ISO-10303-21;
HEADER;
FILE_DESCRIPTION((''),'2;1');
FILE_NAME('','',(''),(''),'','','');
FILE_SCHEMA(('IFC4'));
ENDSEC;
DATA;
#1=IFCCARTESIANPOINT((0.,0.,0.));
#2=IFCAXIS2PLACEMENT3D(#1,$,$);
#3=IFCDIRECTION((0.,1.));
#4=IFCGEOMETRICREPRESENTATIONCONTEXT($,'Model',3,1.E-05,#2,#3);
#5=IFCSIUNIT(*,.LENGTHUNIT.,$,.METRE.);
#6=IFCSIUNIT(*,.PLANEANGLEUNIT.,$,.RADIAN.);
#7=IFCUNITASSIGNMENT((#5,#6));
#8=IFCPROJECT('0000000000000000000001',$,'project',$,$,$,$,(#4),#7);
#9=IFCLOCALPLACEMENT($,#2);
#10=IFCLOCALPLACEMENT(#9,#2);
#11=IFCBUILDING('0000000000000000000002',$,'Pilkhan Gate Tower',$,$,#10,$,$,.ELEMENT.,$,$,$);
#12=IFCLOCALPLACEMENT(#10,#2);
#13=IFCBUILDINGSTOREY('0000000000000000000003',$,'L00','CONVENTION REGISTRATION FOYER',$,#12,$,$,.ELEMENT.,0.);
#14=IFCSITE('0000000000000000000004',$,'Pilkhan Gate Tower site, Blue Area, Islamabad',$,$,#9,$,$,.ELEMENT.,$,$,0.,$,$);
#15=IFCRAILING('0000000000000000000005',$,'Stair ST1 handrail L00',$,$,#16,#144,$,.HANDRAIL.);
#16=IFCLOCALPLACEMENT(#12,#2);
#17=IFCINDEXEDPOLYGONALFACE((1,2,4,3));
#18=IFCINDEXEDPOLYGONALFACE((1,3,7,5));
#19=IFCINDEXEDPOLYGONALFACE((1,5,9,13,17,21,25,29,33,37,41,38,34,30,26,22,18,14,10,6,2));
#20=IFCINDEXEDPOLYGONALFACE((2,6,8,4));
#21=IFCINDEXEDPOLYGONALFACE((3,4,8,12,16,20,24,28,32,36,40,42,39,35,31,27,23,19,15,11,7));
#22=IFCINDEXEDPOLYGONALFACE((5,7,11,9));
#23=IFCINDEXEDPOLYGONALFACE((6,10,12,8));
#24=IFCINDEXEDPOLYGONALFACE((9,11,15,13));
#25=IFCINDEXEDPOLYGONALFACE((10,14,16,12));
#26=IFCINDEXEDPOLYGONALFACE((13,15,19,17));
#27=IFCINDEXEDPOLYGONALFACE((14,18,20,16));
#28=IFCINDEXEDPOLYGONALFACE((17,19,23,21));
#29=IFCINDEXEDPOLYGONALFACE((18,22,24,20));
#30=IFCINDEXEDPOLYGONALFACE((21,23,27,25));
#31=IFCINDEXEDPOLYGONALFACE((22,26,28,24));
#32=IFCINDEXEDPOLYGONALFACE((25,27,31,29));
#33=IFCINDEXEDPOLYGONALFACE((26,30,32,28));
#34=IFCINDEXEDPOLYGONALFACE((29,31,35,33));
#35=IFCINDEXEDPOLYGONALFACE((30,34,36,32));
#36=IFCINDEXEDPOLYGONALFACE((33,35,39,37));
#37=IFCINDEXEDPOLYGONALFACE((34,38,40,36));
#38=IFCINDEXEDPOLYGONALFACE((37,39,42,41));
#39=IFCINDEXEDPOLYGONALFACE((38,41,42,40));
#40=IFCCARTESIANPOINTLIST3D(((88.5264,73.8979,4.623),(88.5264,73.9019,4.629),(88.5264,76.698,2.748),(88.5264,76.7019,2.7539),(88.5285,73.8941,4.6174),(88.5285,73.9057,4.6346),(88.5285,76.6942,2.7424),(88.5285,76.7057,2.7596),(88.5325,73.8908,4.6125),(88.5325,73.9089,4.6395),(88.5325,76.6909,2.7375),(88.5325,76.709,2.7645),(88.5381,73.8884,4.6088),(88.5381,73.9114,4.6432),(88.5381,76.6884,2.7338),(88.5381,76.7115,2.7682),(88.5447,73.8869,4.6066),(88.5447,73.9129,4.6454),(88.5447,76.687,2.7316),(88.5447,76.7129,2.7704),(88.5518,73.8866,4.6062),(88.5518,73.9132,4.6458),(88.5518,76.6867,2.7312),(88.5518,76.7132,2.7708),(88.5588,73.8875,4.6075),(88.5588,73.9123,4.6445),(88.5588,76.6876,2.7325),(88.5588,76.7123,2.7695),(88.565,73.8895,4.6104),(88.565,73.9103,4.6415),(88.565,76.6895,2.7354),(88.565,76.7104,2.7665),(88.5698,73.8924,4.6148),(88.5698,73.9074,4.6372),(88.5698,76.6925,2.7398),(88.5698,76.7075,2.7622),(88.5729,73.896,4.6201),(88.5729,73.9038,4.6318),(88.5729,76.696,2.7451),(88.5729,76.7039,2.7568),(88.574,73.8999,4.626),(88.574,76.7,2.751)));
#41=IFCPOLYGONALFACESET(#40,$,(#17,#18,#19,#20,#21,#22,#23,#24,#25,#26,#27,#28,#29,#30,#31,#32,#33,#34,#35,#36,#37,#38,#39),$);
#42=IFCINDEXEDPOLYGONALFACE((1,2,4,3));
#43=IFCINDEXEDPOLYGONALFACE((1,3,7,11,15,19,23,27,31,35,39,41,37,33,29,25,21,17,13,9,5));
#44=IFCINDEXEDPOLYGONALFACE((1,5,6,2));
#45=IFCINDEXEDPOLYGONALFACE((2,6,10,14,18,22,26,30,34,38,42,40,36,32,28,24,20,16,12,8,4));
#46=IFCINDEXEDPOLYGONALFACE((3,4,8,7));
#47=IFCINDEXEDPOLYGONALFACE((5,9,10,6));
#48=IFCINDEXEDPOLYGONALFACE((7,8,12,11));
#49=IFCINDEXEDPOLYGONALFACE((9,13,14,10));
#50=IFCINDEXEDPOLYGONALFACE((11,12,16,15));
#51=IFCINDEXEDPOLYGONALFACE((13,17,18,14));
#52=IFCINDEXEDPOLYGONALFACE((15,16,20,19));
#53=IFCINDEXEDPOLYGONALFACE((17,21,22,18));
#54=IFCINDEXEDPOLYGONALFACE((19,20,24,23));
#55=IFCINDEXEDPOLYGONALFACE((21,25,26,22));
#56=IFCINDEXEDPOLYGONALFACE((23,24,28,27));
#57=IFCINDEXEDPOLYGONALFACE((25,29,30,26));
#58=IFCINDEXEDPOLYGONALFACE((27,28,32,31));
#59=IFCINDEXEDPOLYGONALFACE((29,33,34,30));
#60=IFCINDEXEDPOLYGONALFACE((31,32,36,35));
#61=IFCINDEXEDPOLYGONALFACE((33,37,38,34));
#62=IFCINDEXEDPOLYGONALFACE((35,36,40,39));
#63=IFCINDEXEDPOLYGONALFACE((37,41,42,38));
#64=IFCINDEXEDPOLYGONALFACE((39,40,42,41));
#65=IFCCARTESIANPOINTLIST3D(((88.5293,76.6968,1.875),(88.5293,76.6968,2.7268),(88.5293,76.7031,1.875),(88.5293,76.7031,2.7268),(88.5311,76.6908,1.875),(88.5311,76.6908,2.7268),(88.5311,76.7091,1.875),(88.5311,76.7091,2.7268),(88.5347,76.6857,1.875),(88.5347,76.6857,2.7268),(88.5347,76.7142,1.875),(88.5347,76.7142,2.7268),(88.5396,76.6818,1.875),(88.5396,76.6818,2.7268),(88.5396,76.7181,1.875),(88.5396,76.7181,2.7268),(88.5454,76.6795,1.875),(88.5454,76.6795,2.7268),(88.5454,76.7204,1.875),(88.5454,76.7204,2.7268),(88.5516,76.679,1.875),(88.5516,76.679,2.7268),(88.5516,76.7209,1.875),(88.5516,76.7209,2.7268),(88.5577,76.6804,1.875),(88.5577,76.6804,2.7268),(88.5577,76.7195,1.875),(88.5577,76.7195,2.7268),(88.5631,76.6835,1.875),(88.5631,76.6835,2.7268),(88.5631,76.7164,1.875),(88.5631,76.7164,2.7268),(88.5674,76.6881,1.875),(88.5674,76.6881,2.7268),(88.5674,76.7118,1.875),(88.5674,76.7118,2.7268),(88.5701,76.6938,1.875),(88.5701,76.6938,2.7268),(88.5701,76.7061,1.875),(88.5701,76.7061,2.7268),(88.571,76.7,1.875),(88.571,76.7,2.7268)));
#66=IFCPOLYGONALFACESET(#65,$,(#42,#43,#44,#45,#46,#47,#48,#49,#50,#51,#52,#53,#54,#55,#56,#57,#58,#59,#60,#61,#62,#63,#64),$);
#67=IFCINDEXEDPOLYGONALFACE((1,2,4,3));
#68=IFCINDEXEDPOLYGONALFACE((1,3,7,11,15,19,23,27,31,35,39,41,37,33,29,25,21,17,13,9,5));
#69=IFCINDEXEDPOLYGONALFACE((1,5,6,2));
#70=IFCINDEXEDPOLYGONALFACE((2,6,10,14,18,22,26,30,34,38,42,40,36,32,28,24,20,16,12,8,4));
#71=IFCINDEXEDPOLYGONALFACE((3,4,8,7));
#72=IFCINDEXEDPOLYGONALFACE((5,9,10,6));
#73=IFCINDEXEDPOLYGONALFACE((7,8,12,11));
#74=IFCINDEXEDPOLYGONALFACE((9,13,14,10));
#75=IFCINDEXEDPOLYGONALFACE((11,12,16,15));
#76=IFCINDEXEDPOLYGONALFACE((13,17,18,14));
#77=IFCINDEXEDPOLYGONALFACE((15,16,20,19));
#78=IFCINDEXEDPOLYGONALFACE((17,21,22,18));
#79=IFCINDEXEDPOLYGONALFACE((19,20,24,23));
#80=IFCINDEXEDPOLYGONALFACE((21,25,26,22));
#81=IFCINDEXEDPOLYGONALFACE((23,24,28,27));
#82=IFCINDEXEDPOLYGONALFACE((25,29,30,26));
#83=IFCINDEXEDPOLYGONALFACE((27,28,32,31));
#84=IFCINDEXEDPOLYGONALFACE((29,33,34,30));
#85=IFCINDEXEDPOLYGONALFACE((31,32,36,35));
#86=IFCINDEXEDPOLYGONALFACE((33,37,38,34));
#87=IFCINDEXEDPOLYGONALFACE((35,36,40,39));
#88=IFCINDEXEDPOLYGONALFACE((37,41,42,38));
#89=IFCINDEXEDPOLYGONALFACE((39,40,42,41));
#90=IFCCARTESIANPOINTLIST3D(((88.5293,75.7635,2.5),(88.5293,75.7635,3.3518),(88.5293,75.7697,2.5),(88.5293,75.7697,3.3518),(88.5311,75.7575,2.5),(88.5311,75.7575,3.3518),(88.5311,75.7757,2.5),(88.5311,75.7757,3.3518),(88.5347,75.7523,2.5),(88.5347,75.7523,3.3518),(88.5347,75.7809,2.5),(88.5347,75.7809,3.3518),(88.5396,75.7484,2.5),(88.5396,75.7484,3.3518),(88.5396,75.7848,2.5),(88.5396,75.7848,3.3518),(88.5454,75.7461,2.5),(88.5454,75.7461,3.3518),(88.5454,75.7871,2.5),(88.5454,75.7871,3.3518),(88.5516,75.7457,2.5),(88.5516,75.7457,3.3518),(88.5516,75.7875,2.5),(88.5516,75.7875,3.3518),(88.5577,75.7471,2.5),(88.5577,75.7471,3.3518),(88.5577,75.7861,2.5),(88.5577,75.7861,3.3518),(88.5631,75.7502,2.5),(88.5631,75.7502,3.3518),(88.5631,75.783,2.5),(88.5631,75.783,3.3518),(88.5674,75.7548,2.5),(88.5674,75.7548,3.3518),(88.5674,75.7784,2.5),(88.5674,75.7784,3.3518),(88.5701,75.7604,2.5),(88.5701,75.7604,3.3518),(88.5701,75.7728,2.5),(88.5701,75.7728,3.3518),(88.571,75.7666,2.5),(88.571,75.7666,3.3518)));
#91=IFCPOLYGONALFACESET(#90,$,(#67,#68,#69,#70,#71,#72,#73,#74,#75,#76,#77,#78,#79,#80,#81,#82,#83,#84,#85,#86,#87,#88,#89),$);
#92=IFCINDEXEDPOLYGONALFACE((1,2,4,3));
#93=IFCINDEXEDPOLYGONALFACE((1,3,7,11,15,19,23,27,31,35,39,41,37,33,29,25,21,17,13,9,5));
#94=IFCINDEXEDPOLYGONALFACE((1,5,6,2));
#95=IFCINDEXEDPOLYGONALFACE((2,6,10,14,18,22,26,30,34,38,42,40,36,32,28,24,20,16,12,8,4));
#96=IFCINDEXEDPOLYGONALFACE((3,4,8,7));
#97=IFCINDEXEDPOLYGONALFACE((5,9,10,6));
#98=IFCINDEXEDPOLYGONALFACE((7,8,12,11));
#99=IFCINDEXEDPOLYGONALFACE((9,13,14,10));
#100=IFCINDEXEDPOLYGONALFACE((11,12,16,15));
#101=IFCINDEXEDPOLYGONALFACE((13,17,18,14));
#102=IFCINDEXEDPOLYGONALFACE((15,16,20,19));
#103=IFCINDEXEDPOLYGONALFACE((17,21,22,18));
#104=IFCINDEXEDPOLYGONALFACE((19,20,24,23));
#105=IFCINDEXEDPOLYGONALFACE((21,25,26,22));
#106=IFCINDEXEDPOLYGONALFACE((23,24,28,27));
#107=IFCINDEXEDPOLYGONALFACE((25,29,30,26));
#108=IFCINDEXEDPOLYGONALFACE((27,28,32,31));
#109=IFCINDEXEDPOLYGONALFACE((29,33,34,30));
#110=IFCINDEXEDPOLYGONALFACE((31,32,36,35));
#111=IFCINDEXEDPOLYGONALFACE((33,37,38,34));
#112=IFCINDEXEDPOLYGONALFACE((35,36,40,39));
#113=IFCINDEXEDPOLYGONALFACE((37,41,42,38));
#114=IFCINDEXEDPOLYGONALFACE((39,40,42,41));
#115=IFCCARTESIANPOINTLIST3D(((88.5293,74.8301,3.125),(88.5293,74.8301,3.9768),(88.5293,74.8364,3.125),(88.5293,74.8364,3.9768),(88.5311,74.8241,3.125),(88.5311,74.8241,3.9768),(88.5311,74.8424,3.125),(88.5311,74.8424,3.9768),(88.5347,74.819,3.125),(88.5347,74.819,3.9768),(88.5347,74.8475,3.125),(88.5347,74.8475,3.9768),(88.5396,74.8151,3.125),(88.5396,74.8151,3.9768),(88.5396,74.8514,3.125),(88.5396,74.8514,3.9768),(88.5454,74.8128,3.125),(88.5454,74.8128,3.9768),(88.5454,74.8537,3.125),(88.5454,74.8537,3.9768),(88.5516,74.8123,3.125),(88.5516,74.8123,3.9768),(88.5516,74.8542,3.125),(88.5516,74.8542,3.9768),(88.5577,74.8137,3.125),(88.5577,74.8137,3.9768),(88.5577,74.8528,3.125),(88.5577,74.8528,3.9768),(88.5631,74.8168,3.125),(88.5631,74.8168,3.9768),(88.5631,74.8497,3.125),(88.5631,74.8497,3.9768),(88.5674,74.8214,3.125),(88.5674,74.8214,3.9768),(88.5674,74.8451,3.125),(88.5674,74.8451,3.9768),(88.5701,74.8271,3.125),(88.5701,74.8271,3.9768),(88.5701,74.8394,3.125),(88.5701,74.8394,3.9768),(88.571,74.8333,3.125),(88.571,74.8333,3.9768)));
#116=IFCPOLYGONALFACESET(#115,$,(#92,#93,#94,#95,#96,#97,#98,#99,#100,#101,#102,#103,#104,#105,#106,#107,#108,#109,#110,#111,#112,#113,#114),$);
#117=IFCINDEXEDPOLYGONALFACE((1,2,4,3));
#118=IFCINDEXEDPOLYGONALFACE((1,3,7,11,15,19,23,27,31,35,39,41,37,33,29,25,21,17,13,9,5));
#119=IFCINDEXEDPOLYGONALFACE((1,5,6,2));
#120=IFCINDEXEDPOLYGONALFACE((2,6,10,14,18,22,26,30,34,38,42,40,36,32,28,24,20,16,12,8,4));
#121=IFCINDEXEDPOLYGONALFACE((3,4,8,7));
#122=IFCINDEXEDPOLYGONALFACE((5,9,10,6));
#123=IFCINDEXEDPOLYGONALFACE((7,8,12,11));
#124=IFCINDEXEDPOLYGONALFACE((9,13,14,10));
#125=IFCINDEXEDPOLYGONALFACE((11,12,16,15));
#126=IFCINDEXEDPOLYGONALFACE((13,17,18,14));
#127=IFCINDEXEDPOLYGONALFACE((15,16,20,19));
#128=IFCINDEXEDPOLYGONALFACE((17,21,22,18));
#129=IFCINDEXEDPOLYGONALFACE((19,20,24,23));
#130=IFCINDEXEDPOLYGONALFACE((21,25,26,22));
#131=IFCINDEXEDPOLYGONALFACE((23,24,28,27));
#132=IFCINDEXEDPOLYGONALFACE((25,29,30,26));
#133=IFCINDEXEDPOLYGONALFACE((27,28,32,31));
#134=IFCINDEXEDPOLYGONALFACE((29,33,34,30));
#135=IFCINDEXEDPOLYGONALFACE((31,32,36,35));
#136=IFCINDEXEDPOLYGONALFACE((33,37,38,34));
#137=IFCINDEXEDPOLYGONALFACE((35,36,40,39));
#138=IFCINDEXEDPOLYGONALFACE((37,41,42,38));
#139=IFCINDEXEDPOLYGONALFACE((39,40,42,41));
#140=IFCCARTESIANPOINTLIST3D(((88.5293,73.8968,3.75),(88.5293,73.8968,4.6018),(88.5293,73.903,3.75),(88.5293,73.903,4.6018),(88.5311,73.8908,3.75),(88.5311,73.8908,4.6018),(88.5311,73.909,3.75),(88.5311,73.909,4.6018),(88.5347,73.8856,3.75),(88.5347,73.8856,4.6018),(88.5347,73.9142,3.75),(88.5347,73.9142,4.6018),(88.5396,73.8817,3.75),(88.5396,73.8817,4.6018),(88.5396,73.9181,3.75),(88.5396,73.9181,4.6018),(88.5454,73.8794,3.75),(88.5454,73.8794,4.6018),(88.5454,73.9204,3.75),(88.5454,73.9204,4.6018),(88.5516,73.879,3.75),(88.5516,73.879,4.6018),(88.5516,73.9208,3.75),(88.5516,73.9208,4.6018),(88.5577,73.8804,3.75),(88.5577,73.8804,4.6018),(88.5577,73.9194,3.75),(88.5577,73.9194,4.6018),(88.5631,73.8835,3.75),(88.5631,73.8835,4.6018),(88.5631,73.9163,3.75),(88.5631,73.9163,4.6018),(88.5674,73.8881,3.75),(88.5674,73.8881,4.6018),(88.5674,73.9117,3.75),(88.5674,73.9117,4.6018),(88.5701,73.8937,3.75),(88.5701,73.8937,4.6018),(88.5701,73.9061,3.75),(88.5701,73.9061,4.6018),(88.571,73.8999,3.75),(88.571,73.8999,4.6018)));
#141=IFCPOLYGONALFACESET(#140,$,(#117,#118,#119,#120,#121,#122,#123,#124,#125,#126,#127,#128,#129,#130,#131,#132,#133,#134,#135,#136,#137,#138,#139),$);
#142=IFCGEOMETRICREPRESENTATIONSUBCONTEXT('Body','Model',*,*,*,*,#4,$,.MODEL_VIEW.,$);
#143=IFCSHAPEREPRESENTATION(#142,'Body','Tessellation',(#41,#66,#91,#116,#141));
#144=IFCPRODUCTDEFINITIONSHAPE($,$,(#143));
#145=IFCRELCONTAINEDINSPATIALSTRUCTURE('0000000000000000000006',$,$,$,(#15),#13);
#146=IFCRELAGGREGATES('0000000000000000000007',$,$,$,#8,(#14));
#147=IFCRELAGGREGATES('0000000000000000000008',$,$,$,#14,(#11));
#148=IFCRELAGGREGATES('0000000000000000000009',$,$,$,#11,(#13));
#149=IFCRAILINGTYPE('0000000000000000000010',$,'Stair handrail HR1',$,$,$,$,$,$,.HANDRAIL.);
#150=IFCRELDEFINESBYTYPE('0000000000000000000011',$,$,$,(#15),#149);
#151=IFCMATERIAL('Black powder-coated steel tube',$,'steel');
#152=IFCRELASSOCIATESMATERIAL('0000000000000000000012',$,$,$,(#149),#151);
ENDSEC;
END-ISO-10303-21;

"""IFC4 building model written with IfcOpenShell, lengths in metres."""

from ifc_helpers import new_model, si_unit, direction, frame, origin, origin_2d, place, context, subcontext, project, spatial, circle, extrude, material, type_object, element, save


model = new_model("IFC4")

# Units and contexts
model_context = context("Model", 3, precision=1e-05, world=origin(), true_north=direction((0.0, 1.0)))
body_context = subcontext(model_context, "Body", "Model", "MODEL_VIEW")
ifc_project = project(units=[si_unit("LENGTHUNIT", "METRE"), si_unit("PLANEANGLEUNIT", "RADIAN")], contexts=[model_context])

# Site, building, storey
site_placement = place(None, origin())
site = spatial("IfcSite", under=ifc_project, at=site_placement, Name="Pilkhan Gate Tower site, Blue Area, Islamabad", CompositionType="ELEMENT", RefElevation=0.0)
building_placement = place(site_placement, origin())
building = spatial("IfcBuilding", under=site, at=building_placement, Name="Pilkhan Gate Tower", CompositionType="ELEMENT")
storey_placement = place(building_placement, origin())
storey = spatial("IfcBuildingStorey", under=building, at=storey_placement, Name="L00", Description="CONVENTION REGISTRATION FOYER", CompositionType="ELEMENT", Elevation=0.0)

# Railing
ifc_material_1 = material(Name="Black powder-coated steel tube", Category="steel")
railing_type_1 = type_object("IfcRailingType", Name="Stair handrail HR1", PredefinedType="HANDRAIL", material=ifc_material_1)
for number, where, name in (
    (1, (88.55, 76.7, 1.875), "Stair ST1 handrail L00"),
):
    element("IfcRailing", number, at=place(storey_placement, frame(where)), inside=storey, type_object=railing_type_1, Name=name, PredefinedType="HANDRAIL", context=body_context, shape_type="SweptSolid", body=[
        extrude(circle(Radius=0.0239, at=origin_2d()), frame((0.0, 0.0, 0.876), z_axis=(0.0, -0.830912, 0.556404), x_axis=(1.0, 0.0, 0.0)), (0.0, 0.0, 1.0), 3.3699),
        extrude(circle(Radius=0.021, at=origin_2d()), origin(), (0.0, 0.0, 1.0), 0.8518),
        extrude(circle(Radius=0.021, at=origin_2d()), frame((0.0, -0.9333, 0.625)), (0.0, 0.0, 1.0), 0.8518),
        extrude(circle(Radius=0.021, at=origin_2d()), frame((0.0, -1.8667, 1.25)), (0.0, 0.0, 1.0), 0.8518),
        extrude(circle(Radius=0.021, at=origin_2d()), frame((0.0, -2.8, 1.875)), (0.0, 0.0, 1.0), 0.8518),
    ])

save(model, "model.ifc")
